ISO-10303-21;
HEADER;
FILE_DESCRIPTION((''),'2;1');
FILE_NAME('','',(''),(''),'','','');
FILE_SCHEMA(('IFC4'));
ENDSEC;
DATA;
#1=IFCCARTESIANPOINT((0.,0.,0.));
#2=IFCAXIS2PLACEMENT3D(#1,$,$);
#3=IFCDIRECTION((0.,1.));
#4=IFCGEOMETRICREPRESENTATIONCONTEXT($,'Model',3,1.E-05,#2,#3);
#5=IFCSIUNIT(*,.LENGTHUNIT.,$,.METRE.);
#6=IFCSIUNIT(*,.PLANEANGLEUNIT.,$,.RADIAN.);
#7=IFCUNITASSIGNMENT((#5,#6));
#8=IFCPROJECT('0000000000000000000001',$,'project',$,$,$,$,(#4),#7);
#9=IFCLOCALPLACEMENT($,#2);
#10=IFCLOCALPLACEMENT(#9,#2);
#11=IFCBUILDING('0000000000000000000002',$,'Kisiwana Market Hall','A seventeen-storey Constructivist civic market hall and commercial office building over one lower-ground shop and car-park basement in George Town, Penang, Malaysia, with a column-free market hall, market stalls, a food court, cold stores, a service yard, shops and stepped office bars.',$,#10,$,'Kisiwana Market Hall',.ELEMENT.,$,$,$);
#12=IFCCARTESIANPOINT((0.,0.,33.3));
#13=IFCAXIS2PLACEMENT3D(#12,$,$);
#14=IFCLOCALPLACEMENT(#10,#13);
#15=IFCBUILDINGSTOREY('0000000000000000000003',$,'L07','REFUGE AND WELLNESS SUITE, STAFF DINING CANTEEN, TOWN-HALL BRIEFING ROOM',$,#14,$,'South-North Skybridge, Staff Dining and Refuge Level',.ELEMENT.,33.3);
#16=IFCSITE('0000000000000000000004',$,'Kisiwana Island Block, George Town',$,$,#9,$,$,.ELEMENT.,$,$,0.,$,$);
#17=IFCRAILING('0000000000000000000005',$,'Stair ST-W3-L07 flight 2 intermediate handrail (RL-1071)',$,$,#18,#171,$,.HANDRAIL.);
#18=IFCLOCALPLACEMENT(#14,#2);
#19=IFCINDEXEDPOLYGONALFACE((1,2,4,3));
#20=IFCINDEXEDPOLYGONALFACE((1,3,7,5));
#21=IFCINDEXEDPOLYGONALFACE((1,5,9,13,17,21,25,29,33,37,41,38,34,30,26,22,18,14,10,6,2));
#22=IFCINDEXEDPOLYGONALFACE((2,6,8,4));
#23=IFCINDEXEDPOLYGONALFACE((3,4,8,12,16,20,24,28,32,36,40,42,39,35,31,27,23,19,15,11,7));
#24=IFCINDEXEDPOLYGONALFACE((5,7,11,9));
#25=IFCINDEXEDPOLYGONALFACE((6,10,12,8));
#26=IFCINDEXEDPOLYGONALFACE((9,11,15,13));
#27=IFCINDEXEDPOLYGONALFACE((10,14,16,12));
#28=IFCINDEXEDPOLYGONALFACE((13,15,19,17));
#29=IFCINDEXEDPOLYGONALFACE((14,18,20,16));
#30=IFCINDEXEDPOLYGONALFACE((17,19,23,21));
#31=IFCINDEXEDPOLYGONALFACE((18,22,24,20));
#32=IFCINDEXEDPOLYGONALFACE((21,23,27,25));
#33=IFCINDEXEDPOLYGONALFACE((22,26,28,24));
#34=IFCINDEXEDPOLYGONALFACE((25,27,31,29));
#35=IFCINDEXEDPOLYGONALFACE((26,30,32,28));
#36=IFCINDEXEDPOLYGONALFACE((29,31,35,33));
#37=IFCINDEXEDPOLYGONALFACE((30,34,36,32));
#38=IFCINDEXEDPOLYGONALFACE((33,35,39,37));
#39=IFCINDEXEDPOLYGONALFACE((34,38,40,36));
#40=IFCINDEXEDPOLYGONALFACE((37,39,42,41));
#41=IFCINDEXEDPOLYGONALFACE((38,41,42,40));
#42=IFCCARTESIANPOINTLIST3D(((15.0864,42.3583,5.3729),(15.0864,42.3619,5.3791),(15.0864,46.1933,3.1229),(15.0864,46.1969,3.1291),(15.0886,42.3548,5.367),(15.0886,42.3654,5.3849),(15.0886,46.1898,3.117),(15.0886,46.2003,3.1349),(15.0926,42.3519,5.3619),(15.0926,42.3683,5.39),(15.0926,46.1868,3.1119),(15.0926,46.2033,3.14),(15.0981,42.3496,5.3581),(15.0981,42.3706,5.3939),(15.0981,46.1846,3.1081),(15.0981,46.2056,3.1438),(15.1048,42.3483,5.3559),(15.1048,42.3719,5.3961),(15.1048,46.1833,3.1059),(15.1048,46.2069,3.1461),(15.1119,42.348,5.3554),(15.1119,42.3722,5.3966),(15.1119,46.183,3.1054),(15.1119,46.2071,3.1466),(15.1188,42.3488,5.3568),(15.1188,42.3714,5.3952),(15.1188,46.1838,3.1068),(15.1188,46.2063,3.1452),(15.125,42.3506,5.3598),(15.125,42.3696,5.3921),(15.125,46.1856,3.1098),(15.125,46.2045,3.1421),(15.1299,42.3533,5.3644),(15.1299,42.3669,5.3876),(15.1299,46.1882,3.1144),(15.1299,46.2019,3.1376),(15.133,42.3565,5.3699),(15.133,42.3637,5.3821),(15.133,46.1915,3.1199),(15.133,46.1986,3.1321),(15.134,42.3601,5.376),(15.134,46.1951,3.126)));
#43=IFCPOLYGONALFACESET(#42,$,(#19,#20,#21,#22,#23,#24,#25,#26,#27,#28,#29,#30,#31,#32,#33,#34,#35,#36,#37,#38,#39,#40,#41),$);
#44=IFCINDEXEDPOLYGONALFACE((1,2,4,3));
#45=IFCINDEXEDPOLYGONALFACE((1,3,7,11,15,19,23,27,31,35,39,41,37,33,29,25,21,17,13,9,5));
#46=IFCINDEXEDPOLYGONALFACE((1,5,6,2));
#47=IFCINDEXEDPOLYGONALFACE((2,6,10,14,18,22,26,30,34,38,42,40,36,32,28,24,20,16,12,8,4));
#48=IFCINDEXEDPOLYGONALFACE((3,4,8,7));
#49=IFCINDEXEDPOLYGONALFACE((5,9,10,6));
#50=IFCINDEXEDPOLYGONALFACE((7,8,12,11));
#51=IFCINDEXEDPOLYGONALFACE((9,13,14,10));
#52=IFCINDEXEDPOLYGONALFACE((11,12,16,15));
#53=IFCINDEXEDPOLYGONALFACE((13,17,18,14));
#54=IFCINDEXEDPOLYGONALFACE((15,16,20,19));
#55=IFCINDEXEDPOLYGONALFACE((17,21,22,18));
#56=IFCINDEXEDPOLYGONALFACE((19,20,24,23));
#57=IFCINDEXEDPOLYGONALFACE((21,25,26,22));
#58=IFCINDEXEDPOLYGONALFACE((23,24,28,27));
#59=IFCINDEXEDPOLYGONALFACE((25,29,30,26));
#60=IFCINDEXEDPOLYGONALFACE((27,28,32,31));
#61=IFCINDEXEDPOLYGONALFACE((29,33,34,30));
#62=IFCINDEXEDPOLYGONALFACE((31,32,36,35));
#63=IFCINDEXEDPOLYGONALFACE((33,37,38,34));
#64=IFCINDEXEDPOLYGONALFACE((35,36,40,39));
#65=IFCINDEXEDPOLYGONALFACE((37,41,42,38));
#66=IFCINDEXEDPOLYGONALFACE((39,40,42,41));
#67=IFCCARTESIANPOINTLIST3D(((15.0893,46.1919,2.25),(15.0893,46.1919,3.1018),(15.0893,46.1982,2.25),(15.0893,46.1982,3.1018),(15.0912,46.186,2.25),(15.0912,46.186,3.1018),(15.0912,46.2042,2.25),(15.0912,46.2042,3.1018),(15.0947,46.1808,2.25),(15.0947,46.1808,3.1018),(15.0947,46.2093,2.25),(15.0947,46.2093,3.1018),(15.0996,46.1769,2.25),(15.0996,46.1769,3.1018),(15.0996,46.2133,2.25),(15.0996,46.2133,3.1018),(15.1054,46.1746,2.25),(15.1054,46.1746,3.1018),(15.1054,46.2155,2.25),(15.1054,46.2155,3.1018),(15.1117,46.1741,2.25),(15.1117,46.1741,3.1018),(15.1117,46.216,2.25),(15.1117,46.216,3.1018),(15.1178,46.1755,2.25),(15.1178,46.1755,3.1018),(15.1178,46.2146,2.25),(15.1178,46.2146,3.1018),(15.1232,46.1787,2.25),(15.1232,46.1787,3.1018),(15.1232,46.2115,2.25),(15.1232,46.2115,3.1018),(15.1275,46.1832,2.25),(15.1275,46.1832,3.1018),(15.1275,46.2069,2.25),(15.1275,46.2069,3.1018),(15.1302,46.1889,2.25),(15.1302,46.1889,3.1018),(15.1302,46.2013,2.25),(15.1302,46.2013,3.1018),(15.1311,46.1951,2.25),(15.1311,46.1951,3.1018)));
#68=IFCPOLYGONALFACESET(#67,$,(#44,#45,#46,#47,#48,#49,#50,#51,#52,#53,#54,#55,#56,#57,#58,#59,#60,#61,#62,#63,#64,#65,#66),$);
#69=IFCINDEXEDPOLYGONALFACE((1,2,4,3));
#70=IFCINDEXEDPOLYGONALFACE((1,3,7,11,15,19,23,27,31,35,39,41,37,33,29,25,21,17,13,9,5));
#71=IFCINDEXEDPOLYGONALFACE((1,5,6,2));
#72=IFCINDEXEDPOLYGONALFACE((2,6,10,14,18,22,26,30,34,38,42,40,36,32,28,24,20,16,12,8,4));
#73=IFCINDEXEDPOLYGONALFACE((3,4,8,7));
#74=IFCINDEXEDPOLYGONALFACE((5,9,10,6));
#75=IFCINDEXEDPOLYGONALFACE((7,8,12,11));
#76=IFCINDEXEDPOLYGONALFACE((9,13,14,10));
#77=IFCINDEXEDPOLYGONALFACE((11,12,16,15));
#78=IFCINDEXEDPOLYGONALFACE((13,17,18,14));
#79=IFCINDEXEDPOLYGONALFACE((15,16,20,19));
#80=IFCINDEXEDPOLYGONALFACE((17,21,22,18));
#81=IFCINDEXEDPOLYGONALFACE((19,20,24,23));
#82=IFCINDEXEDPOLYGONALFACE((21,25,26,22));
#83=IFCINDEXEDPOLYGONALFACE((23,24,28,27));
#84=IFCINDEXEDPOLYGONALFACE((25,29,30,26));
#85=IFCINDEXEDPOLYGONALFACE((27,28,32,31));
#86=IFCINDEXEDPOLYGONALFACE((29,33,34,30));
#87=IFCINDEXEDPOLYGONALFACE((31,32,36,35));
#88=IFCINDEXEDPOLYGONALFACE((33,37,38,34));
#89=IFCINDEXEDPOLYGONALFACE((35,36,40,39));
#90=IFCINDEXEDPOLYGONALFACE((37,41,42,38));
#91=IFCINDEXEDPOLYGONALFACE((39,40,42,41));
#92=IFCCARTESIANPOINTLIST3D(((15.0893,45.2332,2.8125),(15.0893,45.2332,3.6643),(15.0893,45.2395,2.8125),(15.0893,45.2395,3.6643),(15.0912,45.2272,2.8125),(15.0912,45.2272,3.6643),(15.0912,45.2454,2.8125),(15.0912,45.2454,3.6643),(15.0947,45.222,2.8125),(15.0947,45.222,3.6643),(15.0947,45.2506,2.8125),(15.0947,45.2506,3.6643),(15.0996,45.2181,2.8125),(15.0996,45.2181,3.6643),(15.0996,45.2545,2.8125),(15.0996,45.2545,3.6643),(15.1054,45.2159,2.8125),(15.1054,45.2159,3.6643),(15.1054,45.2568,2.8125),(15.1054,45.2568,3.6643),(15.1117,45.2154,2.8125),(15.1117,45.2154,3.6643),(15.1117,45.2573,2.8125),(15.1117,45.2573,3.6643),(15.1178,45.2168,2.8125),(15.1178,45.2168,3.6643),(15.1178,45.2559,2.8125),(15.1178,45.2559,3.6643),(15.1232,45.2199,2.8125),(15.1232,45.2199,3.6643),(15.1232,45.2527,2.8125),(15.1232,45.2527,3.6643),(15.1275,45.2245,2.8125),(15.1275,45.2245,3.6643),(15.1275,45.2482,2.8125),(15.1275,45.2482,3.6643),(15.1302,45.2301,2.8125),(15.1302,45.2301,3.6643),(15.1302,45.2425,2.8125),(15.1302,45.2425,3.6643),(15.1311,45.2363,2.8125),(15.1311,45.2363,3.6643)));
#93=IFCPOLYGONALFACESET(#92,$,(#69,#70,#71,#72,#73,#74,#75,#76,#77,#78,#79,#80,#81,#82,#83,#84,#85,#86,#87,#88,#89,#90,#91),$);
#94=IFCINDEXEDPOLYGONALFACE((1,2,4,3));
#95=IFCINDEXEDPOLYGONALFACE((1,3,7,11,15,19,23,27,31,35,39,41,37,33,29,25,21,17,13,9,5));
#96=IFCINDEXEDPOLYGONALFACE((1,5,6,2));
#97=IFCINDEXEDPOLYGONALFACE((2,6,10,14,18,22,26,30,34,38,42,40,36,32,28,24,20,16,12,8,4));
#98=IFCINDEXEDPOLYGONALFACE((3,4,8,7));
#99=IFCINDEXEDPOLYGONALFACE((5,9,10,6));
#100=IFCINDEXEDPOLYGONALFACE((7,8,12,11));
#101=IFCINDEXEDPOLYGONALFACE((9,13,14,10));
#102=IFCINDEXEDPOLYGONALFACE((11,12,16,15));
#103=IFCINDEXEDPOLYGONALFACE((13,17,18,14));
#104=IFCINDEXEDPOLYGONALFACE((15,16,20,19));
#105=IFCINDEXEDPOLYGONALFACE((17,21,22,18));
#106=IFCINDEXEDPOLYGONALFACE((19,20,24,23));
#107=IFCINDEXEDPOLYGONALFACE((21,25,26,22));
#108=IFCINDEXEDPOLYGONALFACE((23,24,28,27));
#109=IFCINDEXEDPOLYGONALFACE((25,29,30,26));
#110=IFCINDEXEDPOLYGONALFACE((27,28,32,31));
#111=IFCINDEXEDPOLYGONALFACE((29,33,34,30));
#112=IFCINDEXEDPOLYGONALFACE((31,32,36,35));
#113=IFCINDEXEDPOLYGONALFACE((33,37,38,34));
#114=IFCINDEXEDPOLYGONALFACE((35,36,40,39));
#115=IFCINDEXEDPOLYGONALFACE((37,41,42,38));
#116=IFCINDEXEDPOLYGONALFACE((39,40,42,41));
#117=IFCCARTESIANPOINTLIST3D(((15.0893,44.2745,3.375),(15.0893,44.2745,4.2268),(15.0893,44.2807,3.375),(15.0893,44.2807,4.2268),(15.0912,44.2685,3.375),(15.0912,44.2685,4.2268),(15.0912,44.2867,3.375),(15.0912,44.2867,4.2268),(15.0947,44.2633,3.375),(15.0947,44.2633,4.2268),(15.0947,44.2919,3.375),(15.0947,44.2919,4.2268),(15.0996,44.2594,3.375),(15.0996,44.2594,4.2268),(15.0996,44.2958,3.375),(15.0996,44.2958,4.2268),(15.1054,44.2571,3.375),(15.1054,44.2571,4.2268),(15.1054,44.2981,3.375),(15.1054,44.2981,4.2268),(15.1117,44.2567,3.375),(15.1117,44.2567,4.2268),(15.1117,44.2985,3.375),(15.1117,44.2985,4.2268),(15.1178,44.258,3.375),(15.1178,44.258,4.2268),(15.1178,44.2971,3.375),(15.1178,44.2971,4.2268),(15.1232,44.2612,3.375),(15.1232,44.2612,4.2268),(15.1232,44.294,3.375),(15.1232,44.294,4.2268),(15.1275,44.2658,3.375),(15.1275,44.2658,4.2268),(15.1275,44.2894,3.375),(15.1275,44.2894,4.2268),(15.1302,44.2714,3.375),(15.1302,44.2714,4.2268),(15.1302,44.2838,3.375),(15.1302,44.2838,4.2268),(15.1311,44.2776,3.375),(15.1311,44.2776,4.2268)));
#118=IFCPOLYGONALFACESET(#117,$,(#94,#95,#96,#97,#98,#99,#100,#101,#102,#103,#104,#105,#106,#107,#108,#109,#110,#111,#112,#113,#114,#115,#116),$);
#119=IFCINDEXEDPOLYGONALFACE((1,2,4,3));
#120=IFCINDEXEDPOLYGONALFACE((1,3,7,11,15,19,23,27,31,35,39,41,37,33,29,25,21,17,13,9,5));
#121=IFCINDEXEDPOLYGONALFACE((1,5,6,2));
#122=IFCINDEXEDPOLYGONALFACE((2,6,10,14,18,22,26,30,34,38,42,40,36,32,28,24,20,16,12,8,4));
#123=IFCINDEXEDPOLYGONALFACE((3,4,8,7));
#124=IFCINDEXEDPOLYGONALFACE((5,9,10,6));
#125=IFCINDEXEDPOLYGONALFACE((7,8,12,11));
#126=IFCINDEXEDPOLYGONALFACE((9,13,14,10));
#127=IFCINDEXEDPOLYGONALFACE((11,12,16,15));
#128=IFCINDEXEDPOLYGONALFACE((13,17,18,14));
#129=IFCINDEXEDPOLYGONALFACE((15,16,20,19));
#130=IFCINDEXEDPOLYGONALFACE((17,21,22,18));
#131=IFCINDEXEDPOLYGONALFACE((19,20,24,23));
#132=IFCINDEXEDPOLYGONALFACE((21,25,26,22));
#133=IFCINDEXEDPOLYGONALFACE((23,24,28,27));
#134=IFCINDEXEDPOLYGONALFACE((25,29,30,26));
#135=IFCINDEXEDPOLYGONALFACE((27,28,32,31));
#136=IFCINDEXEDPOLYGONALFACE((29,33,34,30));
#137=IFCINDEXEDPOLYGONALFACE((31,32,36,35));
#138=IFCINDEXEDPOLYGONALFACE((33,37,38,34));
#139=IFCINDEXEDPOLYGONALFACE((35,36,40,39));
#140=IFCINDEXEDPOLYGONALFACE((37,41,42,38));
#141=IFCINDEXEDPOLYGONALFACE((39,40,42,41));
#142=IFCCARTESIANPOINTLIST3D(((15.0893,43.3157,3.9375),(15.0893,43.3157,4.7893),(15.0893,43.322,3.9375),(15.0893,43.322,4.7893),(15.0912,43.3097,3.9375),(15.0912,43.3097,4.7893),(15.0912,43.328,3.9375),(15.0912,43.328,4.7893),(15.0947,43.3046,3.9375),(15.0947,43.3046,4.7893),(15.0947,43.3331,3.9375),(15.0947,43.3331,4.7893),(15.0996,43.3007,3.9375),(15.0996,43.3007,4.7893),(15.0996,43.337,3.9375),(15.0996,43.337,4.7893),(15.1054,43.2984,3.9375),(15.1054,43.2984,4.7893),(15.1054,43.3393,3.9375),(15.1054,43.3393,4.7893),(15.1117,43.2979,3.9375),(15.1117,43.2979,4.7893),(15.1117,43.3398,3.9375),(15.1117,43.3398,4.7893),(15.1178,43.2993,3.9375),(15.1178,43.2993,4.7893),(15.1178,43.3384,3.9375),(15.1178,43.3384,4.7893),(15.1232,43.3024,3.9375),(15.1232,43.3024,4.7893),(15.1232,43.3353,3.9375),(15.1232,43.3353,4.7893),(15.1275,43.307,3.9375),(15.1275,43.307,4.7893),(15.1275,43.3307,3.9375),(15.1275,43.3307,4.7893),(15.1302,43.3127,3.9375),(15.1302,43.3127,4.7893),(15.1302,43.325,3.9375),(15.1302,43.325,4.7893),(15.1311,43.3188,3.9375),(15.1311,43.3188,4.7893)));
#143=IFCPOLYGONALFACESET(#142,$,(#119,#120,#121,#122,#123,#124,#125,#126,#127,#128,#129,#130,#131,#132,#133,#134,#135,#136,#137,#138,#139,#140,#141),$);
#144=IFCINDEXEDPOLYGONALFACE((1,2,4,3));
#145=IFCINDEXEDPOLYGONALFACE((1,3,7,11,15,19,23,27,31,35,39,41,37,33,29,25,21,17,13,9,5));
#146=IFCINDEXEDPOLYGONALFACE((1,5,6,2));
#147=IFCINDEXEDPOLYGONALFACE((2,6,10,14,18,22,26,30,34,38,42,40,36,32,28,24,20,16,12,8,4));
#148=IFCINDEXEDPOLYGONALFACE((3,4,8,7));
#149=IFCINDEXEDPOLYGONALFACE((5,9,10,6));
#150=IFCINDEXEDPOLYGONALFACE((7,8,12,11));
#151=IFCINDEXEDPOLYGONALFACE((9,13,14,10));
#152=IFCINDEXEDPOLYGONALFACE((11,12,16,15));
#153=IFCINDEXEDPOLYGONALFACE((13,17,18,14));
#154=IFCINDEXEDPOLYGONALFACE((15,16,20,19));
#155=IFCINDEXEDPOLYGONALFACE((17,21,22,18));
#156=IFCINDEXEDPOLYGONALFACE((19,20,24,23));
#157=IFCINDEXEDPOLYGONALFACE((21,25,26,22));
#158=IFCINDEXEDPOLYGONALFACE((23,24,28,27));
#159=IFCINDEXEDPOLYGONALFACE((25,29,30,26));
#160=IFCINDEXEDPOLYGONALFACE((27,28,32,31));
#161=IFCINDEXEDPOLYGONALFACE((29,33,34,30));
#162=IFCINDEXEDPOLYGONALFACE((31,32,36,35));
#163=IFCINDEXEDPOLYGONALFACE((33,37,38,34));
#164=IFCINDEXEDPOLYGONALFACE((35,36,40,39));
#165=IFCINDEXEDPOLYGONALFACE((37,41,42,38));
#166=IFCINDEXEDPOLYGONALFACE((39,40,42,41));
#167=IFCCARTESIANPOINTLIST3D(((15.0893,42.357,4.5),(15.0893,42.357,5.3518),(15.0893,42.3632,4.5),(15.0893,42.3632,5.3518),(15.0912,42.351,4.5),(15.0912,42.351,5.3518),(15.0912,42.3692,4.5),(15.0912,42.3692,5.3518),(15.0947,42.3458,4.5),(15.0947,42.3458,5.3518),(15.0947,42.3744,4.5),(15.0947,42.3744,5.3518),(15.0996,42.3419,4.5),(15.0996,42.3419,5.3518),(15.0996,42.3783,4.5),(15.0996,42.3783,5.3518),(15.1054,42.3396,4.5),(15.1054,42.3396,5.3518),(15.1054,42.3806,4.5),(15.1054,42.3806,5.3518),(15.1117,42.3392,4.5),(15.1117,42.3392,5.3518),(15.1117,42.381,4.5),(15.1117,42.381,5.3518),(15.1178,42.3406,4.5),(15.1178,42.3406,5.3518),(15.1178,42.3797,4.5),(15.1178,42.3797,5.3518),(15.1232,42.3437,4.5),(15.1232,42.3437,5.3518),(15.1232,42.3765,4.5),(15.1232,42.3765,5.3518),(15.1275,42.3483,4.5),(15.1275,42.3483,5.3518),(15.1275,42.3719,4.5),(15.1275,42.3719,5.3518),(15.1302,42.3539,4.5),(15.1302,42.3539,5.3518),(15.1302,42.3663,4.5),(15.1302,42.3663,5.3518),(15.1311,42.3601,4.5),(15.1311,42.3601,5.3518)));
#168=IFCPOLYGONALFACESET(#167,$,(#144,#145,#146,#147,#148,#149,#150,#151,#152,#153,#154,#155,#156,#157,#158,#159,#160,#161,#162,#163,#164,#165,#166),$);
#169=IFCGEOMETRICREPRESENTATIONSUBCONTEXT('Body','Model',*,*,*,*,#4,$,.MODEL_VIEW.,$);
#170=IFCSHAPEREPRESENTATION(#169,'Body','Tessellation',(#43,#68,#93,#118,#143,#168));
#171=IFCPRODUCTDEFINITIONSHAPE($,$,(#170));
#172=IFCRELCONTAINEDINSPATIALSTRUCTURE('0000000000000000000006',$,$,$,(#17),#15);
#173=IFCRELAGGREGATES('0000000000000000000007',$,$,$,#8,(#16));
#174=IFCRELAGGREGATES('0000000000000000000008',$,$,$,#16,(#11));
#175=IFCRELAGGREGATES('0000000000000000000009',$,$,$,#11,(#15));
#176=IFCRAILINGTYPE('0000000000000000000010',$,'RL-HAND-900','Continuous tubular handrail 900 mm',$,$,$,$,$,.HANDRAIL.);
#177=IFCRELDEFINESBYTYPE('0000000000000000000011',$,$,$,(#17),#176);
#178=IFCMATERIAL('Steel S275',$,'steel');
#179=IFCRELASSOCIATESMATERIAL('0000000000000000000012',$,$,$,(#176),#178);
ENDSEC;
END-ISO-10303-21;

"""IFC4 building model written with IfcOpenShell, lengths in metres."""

from ifc_helpers import new_model, si_unit, direction, frame, origin, origin_2d, place, context, subcontext, project, spatial, circle, extrude, material, type_object, element, save


model = new_model("IFC4")

# Units and contexts
model_context = context("Model", 3, precision=1e-05, world=origin(), true_north=direction((0.0, 1.0)))
body_context = subcontext(model_context, "Body", "Model", "MODEL_VIEW")
ifc_project = project(units=[si_unit("LENGTHUNIT", "METRE"), si_unit("PLANEANGLEUNIT", "RADIAN")], contexts=[model_context])

# Site, building, storey
site_placement = place(None, origin())
site = spatial("IfcSite", under=ifc_project, at=site_placement, Name="Kisiwana Island Block, George Town", CompositionType="ELEMENT", RefElevation=0.0)
building_placement = place(site_placement, origin())
building = spatial("IfcBuilding", under=site, at=building_placement, Name="Kisiwana Market Hall", Description="A seventeen-storey Constructivist civic market hall and commercial office building over one lower-ground shop and car-park basement in George Town, Penang, Malaysia, with a column-free market hall, market stalls, a food court, cold stores, a service yard, shops and stepped office bars.", LongName="Kisiwana Market Hall", CompositionType="ELEMENT")
storey_placement = place(building_placement, frame((0.0, 0.0, 33.3)))
storey = spatial("IfcBuildingStorey", under=building, at=storey_placement, Name="L07", Description="REFUGE AND WELLNESS SUITE, STAFF DINING CANTEEN, TOWN-HALL BRIEFING ROOM", LongName="South-North Skybridge, Staff Dining and Refuge Level", CompositionType="ELEMENT", Elevation=33.3)

# Railing
ifc_material_1 = material(Name="Steel S275", Category="steel")
railing_type_1 = type_object("IfcRailingType", Name="RL-HAND-900", Description="Continuous tubular handrail 900 mm", PredefinedType="HANDRAIL", material=ifc_material_1)
railing_1_placement = place(storey_placement, frame((15.1101, 46.1951, 2.25)))
element("IfcRailing", 1, at=railing_1_placement, inside=storey, type_object=railing_type_1, Name="Stair ST-W3-L07 flight 2 intermediate handrail (RL-1071)", PredefinedType="HANDRAIL", context=body_context, shape_type="SweptSolid", body=[
    extrude(circle(Radius=0.0239, at=origin_2d()), frame((0.0, 0.0, 0.876), z_axis=(0.0, -0.86251, 0.506041), x_axis=(1.0, 0.0, 0.0)), (0.0, 0.0, 1.0), 4.4463),
    extrude(circle(Radius=0.021, at=origin_2d()), origin(), (0.0, 0.0, 1.0), 0.8518),
    extrude(circle(Radius=0.021, at=origin_2d()), frame((0.0, -0.9587, 0.5625)), (0.0, 0.0, 1.0), 0.8518),
    extrude(circle(Radius=0.021, at=origin_2d()), frame((0.0, -1.9175, 1.125)), (0.0, 0.0, 1.0), 0.8518),
    extrude(circle(Radius=0.021, at=origin_2d()), frame((0.0, -2.8762, 1.6875)), (0.0, 0.0, 1.0), 0.8518),
    extrude(circle(Radius=0.021, at=origin_2d()), frame((0.0, -3.835, 2.25)), (0.0, 0.0, 1.0), 0.8518),
])

save(model, "model.ifc")
